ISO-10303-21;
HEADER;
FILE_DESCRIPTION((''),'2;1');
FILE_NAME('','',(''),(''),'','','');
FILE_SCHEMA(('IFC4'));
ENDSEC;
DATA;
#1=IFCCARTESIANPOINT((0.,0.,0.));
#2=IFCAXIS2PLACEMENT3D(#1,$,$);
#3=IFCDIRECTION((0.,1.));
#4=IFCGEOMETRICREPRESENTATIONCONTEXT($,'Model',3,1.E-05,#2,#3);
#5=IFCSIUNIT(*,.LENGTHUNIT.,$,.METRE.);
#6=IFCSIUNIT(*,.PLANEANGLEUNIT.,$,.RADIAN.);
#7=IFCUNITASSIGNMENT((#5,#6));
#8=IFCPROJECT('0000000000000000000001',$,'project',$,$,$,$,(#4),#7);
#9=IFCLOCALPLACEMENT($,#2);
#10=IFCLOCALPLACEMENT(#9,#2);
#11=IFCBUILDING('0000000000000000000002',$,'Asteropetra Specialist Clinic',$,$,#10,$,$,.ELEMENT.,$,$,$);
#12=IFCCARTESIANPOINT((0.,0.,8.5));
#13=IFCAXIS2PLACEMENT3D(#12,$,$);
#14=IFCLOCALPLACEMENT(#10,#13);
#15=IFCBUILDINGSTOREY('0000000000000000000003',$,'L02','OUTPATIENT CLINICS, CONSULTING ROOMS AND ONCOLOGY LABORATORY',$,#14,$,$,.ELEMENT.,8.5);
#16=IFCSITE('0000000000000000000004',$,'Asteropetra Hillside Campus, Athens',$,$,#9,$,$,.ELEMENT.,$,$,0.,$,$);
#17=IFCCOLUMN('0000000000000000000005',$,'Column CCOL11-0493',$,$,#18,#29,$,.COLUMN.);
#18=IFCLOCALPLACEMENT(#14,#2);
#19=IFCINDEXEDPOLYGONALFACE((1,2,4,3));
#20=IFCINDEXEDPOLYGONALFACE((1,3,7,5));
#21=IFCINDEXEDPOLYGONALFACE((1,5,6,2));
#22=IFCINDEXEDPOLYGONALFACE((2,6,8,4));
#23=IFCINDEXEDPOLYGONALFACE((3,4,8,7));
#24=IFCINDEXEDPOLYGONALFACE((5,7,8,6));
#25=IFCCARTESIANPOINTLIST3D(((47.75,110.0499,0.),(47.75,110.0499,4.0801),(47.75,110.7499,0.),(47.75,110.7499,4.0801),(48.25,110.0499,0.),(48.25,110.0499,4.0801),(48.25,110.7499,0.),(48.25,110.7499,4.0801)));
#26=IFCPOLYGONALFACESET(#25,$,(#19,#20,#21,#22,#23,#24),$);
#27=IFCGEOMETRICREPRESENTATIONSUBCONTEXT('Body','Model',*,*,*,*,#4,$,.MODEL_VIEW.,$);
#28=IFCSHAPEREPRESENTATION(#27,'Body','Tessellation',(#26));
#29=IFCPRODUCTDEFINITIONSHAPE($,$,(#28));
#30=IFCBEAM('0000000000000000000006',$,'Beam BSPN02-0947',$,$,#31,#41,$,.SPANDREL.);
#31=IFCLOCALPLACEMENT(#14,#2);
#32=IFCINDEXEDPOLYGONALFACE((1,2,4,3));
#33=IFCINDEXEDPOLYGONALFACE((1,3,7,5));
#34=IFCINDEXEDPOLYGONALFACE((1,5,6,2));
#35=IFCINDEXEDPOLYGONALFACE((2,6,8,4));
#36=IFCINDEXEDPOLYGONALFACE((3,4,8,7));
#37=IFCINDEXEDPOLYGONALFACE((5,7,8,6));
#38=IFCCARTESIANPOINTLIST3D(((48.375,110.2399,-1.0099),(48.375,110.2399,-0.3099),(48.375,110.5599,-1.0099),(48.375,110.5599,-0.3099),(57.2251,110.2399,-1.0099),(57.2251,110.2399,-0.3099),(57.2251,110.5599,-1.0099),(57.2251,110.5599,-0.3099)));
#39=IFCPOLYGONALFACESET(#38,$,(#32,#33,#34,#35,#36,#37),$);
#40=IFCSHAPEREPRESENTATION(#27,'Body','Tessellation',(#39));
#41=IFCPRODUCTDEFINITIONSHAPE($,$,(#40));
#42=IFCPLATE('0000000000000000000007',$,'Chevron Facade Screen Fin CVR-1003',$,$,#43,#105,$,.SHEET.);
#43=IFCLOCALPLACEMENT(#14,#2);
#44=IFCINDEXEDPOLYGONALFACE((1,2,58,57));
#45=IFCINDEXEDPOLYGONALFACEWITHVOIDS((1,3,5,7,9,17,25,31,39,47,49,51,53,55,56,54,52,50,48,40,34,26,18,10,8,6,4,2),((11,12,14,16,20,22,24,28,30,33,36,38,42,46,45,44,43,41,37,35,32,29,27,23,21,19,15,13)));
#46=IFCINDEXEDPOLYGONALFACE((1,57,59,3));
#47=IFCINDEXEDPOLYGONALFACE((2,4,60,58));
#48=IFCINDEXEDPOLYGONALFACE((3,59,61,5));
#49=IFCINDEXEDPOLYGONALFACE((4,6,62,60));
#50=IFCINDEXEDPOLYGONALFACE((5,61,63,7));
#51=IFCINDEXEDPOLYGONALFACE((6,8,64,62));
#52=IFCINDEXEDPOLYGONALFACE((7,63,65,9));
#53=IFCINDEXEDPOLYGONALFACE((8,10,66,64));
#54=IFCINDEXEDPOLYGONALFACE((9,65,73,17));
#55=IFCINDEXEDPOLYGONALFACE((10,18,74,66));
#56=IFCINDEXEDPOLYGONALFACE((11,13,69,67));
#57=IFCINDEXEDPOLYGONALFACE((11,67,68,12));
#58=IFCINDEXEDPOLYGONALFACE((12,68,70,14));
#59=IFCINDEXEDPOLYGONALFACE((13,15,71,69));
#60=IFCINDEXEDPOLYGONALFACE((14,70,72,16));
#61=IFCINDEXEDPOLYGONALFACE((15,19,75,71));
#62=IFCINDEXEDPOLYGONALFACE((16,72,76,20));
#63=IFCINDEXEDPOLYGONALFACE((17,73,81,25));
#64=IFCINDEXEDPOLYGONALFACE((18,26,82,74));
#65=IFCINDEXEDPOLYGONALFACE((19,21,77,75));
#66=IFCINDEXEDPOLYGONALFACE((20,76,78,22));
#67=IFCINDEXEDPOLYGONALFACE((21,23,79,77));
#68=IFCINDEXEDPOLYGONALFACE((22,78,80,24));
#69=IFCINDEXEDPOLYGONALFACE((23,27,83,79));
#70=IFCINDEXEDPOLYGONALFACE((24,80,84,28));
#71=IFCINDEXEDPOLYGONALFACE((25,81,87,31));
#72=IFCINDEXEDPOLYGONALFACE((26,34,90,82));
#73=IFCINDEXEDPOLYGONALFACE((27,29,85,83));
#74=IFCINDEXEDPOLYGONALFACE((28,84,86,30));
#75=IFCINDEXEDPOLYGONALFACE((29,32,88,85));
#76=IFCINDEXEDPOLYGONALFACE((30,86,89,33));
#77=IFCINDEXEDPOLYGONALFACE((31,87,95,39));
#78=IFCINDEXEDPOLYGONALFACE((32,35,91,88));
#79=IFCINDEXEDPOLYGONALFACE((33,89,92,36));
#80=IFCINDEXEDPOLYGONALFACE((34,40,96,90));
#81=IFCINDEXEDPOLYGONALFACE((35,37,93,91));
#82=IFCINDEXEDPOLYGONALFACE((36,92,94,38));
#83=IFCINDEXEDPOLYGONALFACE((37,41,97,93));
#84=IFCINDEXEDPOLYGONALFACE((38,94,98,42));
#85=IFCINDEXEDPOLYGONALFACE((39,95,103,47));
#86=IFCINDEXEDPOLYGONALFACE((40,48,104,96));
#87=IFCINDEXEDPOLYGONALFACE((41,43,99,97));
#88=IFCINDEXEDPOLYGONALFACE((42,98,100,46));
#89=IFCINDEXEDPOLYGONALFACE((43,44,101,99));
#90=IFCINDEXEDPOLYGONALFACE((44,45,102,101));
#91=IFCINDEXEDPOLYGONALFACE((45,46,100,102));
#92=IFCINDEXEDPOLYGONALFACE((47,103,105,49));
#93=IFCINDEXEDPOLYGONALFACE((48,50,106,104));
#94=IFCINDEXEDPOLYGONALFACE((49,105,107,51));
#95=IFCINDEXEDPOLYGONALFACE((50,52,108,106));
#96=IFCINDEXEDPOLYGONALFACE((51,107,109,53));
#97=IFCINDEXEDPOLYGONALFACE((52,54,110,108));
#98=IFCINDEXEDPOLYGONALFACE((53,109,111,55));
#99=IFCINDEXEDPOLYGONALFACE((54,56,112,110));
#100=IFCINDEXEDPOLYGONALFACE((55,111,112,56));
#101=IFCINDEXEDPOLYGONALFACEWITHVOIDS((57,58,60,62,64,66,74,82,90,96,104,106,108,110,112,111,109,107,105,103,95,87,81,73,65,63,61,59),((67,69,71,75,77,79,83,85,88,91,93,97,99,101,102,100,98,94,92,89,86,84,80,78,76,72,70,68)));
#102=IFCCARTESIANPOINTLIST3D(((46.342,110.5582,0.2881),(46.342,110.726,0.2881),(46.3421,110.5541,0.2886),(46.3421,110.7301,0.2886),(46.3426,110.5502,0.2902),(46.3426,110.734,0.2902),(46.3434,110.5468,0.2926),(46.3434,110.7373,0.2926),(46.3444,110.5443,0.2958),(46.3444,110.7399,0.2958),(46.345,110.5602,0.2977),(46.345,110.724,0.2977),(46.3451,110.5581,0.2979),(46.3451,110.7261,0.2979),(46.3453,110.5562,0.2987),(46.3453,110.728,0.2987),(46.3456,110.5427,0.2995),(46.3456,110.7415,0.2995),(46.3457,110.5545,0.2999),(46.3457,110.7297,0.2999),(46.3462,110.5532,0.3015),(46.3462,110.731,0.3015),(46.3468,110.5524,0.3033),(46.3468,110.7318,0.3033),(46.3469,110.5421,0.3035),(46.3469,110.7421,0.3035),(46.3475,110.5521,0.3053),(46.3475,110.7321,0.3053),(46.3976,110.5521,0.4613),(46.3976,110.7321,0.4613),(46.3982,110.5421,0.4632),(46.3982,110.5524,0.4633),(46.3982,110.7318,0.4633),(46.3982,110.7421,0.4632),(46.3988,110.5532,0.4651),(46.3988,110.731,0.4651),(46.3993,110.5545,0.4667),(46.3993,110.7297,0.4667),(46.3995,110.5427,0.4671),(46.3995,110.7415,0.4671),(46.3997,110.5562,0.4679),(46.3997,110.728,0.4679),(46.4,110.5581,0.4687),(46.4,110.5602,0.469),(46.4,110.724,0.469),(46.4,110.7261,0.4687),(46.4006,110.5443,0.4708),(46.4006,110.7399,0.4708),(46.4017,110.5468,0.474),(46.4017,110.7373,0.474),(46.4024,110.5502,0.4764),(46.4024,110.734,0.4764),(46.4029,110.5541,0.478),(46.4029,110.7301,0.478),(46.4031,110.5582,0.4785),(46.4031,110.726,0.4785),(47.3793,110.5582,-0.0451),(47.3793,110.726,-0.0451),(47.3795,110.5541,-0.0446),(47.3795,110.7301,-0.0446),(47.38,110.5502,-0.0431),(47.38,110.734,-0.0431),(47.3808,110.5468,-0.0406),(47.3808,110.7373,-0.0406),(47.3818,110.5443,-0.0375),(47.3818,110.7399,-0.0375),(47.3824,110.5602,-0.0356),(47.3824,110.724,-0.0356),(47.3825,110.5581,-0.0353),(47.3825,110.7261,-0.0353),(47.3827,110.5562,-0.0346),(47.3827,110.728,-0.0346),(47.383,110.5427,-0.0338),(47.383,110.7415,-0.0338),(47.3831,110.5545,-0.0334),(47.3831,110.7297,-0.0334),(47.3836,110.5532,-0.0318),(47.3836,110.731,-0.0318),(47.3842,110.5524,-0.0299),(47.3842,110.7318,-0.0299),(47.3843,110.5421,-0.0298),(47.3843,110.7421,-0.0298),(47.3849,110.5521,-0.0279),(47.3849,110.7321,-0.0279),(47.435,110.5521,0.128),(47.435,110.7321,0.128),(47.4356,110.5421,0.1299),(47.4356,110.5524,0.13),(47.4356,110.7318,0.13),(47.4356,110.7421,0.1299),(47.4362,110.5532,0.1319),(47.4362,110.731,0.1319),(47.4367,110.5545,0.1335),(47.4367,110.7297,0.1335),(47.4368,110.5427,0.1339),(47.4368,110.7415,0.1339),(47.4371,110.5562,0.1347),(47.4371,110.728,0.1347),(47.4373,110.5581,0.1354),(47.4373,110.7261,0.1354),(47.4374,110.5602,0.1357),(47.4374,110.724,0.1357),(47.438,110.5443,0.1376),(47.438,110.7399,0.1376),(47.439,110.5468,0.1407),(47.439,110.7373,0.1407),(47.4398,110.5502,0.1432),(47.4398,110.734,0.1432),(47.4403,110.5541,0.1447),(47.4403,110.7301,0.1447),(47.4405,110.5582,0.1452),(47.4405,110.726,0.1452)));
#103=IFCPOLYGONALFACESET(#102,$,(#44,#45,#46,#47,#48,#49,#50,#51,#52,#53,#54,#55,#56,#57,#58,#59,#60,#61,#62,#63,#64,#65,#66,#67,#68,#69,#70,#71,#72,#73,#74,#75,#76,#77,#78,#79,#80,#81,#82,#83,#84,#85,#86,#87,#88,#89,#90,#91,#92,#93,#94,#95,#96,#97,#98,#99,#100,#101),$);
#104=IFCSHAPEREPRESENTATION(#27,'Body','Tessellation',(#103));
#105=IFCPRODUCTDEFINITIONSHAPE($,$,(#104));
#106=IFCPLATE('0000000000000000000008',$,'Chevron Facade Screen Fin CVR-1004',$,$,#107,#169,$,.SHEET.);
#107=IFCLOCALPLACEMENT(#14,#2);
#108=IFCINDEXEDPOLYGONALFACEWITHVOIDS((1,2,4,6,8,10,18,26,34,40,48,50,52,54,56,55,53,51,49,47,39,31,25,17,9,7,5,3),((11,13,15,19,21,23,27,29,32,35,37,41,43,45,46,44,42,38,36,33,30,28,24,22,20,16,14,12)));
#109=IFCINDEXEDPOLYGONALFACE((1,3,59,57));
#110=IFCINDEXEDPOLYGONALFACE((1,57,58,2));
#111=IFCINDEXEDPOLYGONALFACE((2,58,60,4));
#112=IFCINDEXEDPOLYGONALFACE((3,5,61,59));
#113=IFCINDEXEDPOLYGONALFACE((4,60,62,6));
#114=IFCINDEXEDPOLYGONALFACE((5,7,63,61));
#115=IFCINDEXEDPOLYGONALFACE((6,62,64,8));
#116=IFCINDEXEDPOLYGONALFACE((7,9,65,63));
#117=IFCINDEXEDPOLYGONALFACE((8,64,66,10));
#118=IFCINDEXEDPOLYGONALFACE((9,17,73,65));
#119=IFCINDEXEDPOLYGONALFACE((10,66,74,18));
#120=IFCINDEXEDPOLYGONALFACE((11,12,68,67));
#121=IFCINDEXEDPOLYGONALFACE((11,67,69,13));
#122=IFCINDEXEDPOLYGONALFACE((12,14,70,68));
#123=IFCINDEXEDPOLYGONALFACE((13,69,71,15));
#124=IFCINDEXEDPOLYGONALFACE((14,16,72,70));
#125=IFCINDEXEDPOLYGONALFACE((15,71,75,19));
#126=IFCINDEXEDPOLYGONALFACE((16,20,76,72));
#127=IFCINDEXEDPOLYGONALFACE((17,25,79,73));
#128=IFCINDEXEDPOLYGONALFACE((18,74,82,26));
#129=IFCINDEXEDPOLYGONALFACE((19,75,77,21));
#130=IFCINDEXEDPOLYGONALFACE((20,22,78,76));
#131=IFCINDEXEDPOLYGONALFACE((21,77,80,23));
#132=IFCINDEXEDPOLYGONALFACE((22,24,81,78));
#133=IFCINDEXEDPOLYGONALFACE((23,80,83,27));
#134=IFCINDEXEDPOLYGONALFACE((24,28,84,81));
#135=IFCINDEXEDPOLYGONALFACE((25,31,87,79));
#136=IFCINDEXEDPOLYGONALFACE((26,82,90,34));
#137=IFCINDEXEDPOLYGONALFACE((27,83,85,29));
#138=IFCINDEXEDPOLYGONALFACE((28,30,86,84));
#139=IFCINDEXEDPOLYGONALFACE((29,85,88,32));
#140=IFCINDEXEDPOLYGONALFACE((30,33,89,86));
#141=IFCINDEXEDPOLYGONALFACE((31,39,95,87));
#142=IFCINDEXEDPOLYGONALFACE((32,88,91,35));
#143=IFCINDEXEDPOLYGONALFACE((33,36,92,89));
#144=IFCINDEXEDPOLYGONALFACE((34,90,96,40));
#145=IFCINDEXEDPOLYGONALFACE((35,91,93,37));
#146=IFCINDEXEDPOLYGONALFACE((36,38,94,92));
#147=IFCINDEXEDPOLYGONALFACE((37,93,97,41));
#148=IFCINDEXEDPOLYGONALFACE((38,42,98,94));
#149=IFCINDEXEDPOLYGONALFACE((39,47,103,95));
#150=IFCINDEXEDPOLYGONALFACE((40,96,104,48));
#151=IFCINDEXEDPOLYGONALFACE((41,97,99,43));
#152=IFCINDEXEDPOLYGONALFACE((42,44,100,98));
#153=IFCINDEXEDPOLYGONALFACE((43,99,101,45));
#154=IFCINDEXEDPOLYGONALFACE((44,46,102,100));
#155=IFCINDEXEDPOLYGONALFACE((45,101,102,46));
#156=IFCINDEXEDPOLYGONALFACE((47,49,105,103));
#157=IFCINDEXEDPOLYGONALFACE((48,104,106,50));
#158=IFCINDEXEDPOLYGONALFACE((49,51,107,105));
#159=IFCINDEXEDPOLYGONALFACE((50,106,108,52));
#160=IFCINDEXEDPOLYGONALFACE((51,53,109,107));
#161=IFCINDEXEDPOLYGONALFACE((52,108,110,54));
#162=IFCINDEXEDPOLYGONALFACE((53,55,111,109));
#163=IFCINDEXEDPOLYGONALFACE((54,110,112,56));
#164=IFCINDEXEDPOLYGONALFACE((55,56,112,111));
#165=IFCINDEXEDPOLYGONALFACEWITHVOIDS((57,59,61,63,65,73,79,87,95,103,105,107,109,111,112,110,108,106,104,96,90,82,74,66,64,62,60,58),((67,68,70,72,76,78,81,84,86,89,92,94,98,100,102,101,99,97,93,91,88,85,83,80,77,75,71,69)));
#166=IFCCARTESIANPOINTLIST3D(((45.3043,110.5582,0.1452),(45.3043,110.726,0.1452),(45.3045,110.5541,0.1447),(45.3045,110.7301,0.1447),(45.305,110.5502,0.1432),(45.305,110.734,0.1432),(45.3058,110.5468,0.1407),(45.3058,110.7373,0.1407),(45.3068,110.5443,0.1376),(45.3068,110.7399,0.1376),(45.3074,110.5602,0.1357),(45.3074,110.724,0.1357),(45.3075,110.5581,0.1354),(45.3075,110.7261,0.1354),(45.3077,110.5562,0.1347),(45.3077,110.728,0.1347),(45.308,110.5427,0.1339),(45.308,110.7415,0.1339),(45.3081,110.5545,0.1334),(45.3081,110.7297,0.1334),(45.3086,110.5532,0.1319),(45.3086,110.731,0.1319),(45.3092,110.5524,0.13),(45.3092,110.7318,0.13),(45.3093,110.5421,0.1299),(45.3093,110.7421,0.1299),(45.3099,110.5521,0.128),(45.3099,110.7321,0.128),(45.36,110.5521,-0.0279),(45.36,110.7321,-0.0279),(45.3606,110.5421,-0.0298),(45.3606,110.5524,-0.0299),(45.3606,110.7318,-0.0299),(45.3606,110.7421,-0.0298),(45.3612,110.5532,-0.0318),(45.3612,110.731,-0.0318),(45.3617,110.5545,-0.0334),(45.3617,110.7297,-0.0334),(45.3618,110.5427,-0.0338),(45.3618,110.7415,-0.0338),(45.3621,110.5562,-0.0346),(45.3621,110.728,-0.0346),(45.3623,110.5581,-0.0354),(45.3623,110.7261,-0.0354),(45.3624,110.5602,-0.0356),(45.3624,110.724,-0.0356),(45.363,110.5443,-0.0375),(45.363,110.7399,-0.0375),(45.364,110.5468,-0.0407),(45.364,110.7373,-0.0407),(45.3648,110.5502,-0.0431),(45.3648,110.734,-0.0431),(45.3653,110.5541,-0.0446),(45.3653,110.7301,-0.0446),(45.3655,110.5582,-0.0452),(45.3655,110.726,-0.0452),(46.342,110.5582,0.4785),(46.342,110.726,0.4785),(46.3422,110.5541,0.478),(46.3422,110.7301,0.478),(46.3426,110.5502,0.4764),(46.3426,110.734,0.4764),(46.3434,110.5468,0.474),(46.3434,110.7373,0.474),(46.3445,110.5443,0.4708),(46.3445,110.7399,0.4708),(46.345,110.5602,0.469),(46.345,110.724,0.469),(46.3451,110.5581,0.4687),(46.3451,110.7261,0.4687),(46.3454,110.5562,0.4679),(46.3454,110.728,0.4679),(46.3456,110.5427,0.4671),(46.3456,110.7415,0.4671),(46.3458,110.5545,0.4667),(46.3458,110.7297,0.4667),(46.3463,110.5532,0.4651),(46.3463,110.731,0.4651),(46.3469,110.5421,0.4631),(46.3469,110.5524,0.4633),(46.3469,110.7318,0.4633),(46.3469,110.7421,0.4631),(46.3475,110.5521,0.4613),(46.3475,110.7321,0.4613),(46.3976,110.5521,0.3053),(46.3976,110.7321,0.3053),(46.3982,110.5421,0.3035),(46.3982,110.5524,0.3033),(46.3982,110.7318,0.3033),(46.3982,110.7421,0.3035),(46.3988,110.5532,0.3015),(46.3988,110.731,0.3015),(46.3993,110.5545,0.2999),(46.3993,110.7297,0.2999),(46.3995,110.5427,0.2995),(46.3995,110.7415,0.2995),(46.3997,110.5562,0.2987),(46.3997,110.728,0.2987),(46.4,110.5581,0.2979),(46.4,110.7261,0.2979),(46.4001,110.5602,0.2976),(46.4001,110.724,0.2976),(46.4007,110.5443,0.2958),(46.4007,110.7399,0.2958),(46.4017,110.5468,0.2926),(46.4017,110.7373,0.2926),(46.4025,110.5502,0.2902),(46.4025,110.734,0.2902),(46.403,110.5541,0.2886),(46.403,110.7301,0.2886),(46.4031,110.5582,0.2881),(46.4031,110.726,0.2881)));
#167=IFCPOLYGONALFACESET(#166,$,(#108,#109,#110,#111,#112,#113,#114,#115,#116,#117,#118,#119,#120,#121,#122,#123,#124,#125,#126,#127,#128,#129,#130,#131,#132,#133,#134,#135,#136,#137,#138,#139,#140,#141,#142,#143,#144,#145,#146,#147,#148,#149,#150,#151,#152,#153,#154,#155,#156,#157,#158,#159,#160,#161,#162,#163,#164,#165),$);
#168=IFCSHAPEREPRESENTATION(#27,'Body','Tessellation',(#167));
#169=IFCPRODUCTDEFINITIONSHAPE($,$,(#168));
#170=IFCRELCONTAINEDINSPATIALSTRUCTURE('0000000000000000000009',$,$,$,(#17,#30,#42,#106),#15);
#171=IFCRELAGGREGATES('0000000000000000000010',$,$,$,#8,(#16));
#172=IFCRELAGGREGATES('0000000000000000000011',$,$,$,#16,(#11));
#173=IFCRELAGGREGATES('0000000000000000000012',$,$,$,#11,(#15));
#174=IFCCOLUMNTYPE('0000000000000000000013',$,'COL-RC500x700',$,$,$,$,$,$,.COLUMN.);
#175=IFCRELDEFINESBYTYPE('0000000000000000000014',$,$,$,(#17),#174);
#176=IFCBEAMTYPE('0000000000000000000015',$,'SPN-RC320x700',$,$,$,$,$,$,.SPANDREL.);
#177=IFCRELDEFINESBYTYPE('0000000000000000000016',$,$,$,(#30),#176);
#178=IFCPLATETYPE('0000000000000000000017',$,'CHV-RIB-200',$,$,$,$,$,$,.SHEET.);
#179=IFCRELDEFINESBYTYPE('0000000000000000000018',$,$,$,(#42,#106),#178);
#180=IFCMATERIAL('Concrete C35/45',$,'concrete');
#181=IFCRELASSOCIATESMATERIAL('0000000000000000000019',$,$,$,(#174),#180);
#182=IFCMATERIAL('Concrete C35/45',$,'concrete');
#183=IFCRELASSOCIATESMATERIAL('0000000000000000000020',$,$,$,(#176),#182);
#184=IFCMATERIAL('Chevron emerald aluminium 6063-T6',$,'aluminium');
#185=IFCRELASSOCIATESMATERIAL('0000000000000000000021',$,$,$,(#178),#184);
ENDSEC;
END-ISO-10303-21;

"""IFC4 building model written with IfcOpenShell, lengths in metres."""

from ifc_helpers import new_model, si_unit, direction, frame, origin, origin_2d, place, context, subcontext, project, spatial, rectangle, hollow_rectangle, extrude, material, material_profile, profile_set, type_object, element, save


model = new_model("IFC4")

# Units and contexts
model_context = context("Model", 3, precision=1e-05, world=origin(), true_north=direction((0.0, 1.0)))
body_context = subcontext(model_context, "Body", "Model", "MODEL_VIEW")
ifc_project = project(units=[si_unit("LENGTHUNIT", "METRE"), si_unit("PLANEANGLEUNIT", "RADIAN")], contexts=[model_context])

# Site, building, storey
site_placement = place(None, origin())
site = spatial("IfcSite", under=ifc_project, at=site_placement, Name="Asteropetra Hillside Campus, Athens", CompositionType="ELEMENT", RefElevation=0.0)
building_placement = place(site_placement, origin())
building = spatial("IfcBuilding", under=site, at=building_placement, Name="Asteropetra Specialist Clinic", CompositionType="ELEMENT")
storey_placement = place(building_placement, frame((0.0, 0.0, 8.5)))
storey = spatial("IfcBuildingStorey", under=building, at=storey_placement, Name="L02", Description="OUTPATIENT CLINICS, CONSULTING ROOMS AND ONCOLOGY LABORATORY", CompositionType="ELEMENT", Elevation=8.5)

# Column
ifc_material_1 = material(Name="Concrete C35/45", Category="concrete")
ifc_material_profile_1 = material_profile(ifc_material_1, rectangle(XDim=0.5, YDim=0.7, at=origin_2d()), Name="RC 500x700")
ifc_profile_set_1 = profile_set([ifc_material_profile_1], Name="Concrete C35/45")
column_type = type_object("IfcColumnType", Name="COL-RC500x700", PredefinedType="COLUMN", material=ifc_profile_set_1)
column_placement = place(storey_placement, frame((48.0, 110.3999, 0.0), z_axis=(0.0, 0.0, 1.0), x_axis=(1.0, 0.0, 0.0)))
element("IfcColumn", 1, at=column_placement, inside=storey, type_object=column_type, Name="Column CCOL11-0493", PredefinedType="COLUMN", context=body_context, shape_type="SweptSolid", body=[
    extrude(rectangle(XDim=0.5, YDim=0.7, at=origin_2d()), origin(), (0.0, 0.0, 1.0), 4.0801),
])

# Beam
ifc_material_2 = material(Name="Concrete C35/45", Category="concrete")
ifc_material_profile_2 = material_profile(ifc_material_2, rectangle(XDim=0.3201, YDim=0.7, at=origin_2d()), Name="RCS 320x700")
ifc_profile_set_2 = profile_set([ifc_material_profile_2], Name="Concrete C35/45")
beam_type = type_object("IfcBeamType", Name="SPN-RC320x700", PredefinedType="SPANDREL", material=ifc_profile_set_2)
beam_placement = place(storey_placement, frame((48.375, 110.3999, -0.6599), z_axis=(1.0, 0.0, 0.0), x_axis=(0.0, 1.0, 0.0)))
element("IfcBeam", 2, at=beam_placement, inside=storey, type_object=beam_type, Name="Beam BSPN02-0947", PredefinedType="SPANDREL", context=body_context, shape_type="SweptSolid", body=[
    extrude(rectangle(XDim=0.3201, YDim=0.7, at=origin_2d()), origin(), (0.0, 0.0, 1.0), 8.8501),
])

# Plates
ifc_material_3 = material(Name="Chevron emerald aluminium 6063-T6", Category="aluminium")
ifc_material_profile_3 = material_profile(ifc_material_3, hollow_rectangle(XDim=0.2, YDim=0.2, WallThickness=0.01, InnerFilletRadius=0.0081, OuterFilletRadius=0.0161, at=origin_2d()), Name="SHS 200x200x10.0")
ifc_profile_set_3 = profile_set([ifc_material_profile_3], Name="Chevron emerald aluminium 6063-T6")
plate_type_1 = type_object("IfcPlateType", Name="CHV-RIB-200", PredefinedType="SHEET", material=ifc_profile_set_3)
plate_1_placement = place(storey_placement, frame((47.4099, 110.6421, 0.05), z_axis=(-0.952078, 0.0, 0.305857), x_axis=(0.0, -1.0, 0.0)))
element("IfcPlate", 3, at=plate_1_placement, inside=storey, type_object=plate_type_1, Name="Chevron Facade Screen Fin CVR-1003", PredefinedType="SHEET", context=body_context, shape_type="SweptSolid", body=[
    extrude(hollow_rectangle(XDim=0.2, YDim=0.2, WallThickness=0.01, InnerFilletRadius=0.0081, OuterFilletRadius=0.0161, at=origin_2d()), origin(), (0.0, 0.0, 1.0), 1.0896),
])
plate_2_placement = place(storey_placement, frame((46.3726, 110.6421, 0.3833), z_axis=(-0.952098, 0.0, -0.305792), x_axis=(0.0, -1.0, 0.0)))
element("IfcPlate", 4, at=plate_2_placement, inside=storey, type_object=plate_type_1, Name="Chevron Facade Screen Fin CVR-1004", PredefinedType="SHEET", context=body_context, shape_type="SweptSolid", body=[
    extrude(hollow_rectangle(XDim=0.2, YDim=0.2, WallThickness=0.01, InnerFilletRadius=0.0081, OuterFilletRadius=0.0161, at=origin_2d()), origin(), (0.0, 0.0, 1.0), 1.0898),
])

save(model, "model.ifc")
